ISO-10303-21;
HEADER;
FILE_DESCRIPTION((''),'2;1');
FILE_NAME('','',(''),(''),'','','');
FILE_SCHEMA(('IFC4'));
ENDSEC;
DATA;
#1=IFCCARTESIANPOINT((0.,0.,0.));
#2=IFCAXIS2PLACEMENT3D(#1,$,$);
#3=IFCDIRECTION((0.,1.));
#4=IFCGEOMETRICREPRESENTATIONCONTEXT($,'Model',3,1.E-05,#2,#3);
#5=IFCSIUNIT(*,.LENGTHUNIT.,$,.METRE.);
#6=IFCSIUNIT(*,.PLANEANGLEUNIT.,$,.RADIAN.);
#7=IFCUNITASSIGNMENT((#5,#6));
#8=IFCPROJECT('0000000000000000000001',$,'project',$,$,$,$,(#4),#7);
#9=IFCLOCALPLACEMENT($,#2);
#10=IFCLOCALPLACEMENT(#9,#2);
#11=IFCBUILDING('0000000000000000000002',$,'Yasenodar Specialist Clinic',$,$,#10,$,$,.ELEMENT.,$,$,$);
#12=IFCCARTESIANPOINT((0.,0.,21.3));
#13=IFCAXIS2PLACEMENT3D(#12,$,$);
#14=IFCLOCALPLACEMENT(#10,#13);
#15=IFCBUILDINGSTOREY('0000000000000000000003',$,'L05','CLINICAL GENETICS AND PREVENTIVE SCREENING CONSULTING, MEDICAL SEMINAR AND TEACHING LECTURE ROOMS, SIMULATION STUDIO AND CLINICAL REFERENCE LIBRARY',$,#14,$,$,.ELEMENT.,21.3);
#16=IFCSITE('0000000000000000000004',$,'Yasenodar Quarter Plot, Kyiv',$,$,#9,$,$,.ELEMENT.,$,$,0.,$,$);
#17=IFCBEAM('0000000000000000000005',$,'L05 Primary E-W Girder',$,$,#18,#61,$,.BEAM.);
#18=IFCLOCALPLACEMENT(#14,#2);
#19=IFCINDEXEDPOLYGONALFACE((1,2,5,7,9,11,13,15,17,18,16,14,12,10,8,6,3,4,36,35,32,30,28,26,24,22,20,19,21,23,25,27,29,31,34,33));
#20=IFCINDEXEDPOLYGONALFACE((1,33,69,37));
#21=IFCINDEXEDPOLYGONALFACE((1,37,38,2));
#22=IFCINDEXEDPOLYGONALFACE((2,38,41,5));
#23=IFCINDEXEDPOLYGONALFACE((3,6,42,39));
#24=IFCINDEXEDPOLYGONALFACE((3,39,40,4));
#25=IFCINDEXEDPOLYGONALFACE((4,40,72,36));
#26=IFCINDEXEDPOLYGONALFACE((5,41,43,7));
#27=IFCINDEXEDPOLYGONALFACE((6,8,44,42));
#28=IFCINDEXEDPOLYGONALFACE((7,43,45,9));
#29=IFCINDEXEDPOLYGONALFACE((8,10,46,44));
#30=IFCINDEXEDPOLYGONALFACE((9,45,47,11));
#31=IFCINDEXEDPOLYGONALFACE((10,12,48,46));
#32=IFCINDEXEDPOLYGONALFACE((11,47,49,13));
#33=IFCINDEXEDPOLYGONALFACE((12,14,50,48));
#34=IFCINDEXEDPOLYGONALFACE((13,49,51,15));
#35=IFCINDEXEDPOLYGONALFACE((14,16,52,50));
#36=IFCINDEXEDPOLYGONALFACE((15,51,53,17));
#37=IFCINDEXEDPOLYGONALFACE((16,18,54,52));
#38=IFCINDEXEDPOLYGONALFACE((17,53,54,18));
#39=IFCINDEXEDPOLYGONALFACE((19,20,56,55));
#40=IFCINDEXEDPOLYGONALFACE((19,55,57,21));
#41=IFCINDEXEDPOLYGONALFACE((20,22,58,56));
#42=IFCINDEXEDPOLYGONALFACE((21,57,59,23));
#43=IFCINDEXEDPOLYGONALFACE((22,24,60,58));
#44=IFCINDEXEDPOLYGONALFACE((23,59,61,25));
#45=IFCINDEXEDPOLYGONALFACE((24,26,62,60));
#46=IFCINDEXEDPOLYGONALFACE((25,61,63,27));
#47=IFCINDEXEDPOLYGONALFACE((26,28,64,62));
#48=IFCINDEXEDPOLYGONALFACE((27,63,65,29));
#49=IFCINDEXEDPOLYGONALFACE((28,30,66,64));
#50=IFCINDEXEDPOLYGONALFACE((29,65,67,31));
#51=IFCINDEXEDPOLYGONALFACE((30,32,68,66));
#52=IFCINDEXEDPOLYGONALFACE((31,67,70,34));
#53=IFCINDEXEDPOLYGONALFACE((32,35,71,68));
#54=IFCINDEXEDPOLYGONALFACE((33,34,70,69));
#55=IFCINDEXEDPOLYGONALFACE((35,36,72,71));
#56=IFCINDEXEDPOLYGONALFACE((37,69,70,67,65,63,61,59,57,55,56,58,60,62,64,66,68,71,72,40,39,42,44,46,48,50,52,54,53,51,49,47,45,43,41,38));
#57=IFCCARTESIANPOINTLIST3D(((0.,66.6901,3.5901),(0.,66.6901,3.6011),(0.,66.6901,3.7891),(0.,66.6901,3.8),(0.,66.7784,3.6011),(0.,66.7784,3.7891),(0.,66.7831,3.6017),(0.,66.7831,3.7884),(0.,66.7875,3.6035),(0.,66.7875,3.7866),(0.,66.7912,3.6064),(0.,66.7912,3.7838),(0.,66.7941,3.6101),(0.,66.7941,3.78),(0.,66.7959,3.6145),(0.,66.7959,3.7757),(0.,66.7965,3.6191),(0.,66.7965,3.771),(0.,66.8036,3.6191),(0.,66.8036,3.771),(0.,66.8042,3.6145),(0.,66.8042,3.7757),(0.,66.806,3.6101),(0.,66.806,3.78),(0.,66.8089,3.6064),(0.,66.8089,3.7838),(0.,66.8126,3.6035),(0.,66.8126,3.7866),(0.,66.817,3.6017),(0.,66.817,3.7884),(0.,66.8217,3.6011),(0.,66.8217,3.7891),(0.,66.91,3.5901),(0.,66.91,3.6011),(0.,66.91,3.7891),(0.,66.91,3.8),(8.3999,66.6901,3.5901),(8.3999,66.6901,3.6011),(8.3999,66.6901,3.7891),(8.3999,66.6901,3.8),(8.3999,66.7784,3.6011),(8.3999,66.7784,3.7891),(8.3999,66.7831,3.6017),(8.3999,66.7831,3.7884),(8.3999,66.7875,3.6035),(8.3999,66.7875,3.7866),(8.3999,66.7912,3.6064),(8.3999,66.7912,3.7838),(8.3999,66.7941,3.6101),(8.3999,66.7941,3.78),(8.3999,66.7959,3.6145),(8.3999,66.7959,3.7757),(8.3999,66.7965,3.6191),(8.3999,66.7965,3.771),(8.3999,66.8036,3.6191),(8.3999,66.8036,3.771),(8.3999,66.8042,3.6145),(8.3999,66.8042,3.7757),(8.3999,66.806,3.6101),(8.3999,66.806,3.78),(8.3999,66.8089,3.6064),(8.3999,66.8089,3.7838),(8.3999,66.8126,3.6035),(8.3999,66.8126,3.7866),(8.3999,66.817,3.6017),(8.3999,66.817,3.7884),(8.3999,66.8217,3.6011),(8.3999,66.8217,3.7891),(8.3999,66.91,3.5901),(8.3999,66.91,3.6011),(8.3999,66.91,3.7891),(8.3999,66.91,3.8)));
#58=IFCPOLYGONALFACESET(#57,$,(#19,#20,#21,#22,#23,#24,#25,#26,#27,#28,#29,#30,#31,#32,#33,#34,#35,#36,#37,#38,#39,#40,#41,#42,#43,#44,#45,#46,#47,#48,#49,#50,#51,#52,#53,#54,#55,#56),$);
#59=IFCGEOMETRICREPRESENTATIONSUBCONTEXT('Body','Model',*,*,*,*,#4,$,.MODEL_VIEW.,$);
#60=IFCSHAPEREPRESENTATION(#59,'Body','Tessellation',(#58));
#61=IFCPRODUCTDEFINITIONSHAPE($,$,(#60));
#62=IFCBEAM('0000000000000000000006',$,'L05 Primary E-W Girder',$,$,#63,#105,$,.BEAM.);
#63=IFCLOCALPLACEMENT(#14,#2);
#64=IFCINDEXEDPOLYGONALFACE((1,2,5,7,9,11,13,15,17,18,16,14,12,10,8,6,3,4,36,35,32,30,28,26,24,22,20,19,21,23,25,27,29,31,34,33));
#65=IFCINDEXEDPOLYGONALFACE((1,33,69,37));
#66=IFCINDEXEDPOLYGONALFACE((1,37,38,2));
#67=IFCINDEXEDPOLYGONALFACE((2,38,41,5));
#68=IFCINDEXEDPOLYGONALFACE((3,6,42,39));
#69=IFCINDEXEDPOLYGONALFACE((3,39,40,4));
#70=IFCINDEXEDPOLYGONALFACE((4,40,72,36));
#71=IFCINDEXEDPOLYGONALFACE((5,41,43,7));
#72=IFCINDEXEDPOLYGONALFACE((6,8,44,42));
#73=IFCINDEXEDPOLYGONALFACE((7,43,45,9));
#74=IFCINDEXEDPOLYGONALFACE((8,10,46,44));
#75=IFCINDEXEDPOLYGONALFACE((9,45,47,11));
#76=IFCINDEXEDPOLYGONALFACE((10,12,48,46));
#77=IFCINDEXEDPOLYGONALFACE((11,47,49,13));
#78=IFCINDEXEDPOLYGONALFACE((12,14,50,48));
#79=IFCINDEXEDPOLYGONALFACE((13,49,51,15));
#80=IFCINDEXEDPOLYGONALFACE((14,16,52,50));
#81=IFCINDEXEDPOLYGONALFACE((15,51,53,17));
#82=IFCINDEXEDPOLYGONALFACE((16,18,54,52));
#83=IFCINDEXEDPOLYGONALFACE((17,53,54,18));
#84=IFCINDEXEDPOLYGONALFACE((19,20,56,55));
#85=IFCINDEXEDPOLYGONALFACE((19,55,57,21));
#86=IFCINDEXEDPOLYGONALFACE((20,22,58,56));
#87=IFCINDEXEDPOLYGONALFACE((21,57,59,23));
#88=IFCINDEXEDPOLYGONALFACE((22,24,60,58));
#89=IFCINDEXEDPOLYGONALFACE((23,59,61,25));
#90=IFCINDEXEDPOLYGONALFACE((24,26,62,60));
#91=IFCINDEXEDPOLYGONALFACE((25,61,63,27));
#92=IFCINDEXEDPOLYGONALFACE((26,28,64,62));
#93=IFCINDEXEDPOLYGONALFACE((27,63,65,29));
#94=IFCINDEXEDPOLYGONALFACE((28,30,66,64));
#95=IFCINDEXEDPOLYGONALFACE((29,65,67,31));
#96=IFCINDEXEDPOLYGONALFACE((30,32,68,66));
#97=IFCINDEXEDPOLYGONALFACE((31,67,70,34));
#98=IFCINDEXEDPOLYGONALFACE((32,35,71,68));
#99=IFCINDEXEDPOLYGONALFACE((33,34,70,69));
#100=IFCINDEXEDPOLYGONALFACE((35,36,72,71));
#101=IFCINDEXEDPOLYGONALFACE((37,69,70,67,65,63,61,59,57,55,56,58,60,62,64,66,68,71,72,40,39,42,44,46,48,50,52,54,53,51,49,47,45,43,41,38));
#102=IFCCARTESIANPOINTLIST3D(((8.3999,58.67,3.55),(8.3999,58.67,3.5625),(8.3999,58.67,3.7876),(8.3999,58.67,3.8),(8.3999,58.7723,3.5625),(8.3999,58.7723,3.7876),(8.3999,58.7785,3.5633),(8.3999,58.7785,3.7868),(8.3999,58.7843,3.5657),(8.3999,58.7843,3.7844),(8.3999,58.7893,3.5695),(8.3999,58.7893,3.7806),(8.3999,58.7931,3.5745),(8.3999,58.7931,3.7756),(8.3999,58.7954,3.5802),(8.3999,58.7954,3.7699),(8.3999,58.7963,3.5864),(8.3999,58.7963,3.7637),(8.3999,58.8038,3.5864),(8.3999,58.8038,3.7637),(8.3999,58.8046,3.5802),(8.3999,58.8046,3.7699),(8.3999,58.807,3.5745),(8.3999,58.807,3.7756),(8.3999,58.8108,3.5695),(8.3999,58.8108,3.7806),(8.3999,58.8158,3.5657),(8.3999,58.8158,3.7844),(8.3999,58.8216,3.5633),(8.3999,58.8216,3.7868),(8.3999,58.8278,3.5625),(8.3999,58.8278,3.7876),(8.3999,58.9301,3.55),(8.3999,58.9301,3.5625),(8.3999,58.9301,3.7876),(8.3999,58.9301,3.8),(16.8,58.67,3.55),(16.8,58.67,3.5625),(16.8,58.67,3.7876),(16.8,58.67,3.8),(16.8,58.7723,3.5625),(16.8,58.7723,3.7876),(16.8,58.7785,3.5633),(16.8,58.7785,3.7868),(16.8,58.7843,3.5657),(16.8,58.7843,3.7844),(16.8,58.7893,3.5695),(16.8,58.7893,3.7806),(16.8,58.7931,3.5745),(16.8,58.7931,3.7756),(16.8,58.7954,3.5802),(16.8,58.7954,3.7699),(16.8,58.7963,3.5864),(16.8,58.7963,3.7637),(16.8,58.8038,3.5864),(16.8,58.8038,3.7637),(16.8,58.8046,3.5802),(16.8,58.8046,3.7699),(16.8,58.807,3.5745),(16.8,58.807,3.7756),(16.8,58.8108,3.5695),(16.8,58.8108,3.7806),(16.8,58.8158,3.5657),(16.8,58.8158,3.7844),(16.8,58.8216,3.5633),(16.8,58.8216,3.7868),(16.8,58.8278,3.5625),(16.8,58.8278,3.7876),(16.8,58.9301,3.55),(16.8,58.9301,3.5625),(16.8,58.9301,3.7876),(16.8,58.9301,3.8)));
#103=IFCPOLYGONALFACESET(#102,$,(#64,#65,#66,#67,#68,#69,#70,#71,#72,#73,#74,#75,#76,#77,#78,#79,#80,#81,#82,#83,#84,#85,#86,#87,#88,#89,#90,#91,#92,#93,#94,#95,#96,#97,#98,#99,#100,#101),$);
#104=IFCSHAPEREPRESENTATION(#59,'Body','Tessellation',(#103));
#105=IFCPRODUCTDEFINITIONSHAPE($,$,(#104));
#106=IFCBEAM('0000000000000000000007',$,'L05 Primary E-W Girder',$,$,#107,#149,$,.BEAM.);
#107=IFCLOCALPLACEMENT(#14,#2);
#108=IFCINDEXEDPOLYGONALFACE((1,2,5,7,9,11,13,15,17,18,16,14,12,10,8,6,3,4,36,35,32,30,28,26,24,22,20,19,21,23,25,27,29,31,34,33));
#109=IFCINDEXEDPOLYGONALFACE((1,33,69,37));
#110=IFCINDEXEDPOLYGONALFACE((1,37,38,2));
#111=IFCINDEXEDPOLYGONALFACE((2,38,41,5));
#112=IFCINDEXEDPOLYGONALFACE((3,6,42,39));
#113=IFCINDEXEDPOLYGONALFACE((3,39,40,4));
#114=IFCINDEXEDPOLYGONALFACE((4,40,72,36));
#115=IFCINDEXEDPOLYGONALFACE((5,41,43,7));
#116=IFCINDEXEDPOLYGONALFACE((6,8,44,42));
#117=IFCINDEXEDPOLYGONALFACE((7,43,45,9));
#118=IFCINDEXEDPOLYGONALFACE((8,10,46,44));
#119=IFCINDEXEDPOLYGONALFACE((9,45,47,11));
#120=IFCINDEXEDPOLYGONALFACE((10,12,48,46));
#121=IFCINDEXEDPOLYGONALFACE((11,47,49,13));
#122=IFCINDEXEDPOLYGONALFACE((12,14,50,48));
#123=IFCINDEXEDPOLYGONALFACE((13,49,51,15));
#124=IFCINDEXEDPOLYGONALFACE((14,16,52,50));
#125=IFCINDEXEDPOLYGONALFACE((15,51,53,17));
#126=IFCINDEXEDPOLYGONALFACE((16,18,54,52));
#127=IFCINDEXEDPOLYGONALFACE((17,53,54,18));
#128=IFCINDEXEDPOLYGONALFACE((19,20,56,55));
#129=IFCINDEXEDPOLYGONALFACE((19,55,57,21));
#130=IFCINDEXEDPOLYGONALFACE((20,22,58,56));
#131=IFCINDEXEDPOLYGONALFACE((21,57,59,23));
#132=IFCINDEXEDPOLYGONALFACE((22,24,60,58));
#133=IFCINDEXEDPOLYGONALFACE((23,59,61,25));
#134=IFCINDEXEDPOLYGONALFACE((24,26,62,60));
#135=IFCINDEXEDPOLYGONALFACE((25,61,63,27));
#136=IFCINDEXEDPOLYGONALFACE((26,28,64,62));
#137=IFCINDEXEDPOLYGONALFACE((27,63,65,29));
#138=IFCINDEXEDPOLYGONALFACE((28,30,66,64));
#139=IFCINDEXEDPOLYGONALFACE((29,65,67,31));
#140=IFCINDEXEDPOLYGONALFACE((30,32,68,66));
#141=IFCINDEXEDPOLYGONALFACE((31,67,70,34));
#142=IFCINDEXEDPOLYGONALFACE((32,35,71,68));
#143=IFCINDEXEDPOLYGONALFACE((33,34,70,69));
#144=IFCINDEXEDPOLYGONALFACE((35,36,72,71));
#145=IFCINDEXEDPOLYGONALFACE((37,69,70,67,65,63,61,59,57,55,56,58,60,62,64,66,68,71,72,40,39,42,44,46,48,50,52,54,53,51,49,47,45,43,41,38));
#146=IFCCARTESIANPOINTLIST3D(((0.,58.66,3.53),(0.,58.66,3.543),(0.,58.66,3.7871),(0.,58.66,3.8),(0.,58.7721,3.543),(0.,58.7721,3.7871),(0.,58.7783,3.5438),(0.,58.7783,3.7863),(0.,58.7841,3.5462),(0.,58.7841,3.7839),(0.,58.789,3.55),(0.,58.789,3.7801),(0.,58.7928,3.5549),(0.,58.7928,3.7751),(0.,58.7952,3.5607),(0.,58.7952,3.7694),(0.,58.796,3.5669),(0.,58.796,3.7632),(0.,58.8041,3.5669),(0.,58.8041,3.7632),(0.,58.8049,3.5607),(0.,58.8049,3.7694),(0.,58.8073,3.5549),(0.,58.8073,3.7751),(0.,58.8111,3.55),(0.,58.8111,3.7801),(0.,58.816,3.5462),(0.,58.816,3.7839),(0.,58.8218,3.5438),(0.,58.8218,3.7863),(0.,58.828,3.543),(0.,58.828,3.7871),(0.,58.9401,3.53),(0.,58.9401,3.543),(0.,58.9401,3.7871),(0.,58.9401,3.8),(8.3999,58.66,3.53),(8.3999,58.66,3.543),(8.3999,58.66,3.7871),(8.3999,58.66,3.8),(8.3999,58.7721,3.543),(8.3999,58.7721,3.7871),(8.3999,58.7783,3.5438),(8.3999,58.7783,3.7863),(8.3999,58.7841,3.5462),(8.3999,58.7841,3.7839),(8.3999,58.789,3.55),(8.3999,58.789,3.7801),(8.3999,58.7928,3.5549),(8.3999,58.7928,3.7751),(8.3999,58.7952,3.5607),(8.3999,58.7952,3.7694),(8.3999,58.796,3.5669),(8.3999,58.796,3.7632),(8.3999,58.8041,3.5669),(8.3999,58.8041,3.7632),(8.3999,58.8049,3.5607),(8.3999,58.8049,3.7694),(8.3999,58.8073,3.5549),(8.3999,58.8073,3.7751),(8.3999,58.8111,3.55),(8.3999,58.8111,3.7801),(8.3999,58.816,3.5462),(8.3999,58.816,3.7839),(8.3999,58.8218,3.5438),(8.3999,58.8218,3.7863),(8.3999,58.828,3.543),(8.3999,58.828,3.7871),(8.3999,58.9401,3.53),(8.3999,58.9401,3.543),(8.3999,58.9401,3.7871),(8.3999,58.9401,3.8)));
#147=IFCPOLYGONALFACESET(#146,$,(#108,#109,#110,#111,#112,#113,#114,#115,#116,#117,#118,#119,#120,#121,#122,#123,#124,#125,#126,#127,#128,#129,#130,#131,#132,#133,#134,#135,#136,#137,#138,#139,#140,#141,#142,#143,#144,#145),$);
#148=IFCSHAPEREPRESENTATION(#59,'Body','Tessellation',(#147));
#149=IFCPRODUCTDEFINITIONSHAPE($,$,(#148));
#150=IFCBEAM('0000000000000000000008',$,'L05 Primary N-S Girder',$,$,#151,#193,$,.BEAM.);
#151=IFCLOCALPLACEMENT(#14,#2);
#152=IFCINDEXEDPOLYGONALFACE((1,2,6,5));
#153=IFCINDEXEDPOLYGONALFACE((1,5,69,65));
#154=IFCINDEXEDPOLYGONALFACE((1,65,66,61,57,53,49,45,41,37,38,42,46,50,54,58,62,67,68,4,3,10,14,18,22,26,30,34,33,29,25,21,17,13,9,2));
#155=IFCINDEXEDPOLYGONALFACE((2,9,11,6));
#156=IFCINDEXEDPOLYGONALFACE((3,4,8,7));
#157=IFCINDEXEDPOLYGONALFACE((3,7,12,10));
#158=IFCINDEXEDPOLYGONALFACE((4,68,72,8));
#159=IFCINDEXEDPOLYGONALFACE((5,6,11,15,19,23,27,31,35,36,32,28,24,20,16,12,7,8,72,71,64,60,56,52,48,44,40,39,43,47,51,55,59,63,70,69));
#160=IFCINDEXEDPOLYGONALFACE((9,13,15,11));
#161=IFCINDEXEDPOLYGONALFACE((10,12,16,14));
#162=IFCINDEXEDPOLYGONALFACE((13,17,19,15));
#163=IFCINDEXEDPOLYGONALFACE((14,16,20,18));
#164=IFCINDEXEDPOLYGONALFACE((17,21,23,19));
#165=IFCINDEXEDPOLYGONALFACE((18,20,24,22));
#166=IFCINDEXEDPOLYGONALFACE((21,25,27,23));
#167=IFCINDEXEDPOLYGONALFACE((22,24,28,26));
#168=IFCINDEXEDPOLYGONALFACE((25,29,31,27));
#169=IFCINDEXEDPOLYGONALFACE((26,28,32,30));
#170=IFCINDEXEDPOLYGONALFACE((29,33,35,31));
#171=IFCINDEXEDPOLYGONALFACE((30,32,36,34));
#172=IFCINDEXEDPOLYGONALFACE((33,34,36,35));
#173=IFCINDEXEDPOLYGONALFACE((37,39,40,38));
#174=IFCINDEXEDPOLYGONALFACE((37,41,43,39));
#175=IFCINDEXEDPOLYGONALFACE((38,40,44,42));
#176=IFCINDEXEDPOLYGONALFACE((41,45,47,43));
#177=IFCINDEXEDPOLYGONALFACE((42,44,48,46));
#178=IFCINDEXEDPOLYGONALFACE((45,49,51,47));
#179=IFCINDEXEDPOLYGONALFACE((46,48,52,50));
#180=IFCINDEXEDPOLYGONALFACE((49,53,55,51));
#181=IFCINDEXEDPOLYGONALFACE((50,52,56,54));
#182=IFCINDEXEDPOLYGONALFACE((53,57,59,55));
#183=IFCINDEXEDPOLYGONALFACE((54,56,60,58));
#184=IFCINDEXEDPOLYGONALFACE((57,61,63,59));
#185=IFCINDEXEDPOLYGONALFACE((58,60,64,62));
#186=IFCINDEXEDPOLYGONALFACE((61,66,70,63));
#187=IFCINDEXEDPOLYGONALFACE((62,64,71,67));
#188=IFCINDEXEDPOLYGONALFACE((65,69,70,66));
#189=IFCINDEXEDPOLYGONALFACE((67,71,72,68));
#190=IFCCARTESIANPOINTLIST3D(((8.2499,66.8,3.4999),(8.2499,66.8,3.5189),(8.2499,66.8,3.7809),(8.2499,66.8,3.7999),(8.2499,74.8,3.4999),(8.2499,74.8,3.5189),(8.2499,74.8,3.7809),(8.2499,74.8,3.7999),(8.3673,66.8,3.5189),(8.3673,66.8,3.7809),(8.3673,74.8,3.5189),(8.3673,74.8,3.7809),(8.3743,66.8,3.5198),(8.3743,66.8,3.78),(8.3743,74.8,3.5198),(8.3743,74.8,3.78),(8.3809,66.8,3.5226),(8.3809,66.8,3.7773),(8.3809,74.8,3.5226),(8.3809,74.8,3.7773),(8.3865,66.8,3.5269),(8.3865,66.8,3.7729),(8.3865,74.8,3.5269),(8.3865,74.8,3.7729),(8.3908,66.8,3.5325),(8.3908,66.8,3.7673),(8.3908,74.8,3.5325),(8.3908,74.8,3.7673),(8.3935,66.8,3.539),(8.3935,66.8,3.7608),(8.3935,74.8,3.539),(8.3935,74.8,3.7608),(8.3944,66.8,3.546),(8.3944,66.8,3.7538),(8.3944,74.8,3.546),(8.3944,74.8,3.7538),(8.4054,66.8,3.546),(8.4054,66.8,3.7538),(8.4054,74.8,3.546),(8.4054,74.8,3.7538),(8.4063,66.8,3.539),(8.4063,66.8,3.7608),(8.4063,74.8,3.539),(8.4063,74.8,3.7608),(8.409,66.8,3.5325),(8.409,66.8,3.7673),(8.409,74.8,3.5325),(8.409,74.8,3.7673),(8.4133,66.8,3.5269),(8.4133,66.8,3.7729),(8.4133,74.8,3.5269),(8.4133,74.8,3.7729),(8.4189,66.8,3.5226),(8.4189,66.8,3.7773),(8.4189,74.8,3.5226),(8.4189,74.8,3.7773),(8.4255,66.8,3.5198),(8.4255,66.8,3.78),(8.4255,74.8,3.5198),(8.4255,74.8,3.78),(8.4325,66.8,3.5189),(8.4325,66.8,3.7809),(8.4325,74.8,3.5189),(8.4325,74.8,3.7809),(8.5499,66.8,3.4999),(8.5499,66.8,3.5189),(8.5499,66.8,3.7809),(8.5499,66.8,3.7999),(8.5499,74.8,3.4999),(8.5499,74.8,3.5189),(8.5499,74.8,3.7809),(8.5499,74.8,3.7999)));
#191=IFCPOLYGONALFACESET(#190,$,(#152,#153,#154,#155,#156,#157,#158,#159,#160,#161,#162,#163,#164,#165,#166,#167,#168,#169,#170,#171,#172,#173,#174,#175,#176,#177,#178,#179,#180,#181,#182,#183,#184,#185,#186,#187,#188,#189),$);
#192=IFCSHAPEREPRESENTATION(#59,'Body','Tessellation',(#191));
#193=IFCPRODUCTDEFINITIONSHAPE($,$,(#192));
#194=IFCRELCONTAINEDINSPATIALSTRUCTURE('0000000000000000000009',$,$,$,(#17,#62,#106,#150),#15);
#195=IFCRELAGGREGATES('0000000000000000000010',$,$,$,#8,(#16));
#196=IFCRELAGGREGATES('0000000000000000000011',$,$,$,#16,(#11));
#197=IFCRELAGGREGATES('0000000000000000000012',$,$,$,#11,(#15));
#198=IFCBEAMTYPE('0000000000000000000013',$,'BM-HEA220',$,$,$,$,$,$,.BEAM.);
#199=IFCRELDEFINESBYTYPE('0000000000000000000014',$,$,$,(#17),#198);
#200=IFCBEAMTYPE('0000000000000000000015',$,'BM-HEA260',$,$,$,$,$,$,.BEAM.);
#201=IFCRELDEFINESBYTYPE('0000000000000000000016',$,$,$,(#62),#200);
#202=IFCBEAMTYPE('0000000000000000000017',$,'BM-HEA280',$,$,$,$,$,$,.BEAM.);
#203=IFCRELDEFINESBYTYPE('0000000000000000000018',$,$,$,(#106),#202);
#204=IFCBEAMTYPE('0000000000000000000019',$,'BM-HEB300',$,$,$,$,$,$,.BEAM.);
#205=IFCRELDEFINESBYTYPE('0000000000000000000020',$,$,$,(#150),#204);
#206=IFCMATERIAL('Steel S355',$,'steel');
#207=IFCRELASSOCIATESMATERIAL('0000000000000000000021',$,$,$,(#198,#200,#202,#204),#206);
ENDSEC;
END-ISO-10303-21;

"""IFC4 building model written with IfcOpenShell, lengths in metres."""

from ifc_helpers import new_model, si_unit, direction, frame, origin, origin_2d, place, context, subcontext, project, spatial, i_section, extrude, material, material_profile, profile_set, type_object, element, save


model = new_model("IFC4")

# Units and contexts
model_context = context("Model", 3, precision=1e-05, world=origin(), true_north=direction((0.0, 1.0)))
body_context = subcontext(model_context, "Body", "Model", "MODEL_VIEW")
ifc_project = project(units=[si_unit("LENGTHUNIT", "METRE"), si_unit("PLANEANGLEUNIT", "RADIAN")], contexts=[model_context])

# Site, building, storey
site_placement = place(None, origin())
site = spatial("IfcSite", under=ifc_project, at=site_placement, Name="Yasenodar Quarter Plot, Kyiv", CompositionType="ELEMENT", RefElevation=0.0)
building_placement = place(site_placement, origin())
building = spatial("IfcBuilding", under=site, at=building_placement, Name="Yasenodar Specialist Clinic", CompositionType="ELEMENT")
storey_placement = place(building_placement, frame((0.0, 0.0, 21.3)))
storey = spatial("IfcBuildingStorey", under=building, at=storey_placement, Name="L05", Description="CLINICAL GENETICS AND PREVENTIVE SCREENING CONSULTING, MEDICAL SEMINAR AND TEACHING LECTURE ROOMS, SIMULATION STUDIO AND CLINICAL REFERENCE LIBRARY", CompositionType="ELEMENT", Elevation=21.3)

# Shared definitions
ifc_material_1 = material(Name="Steel S355", Category="steel")

# Beams
ifc_material_profile_1 = material_profile(ifc_material_1, i_section(OverallWidth=0.22, OverallDepth=0.21, WebThickness=0.0071, FlangeThickness=0.011, FilletRadius=0.0181, at=origin_2d()), Name="HEA 220")
ifc_profile_set_1 = profile_set([ifc_material_profile_1], Name="Steel S355")
beam_type_1 = type_object("IfcBeamType", Name="BM-HEA220", PredefinedType="BEAM", material=ifc_profile_set_1)
beam_1_placement = place(storey_placement, frame((0.0, 66.8, 3.6951), z_axis=(1.0, 0.0, 0.0), x_axis=(0.0, 1.0, 0.0)))
element("IfcBeam", 1, at=beam_1_placement, inside=storey, type_object=beam_type_1, Name="L05 Primary E-W Girder", PredefinedType="BEAM", context=body_context, shape_type="SweptSolid", body=[
    extrude(i_section(OverallWidth=0.22, OverallDepth=0.21, WebThickness=0.0071, FlangeThickness=0.011, FilletRadius=0.0181, at=origin_2d()), origin(), (0.0, 0.0, 1.0), 8.3999),
])
ifc_material_profile_2 = material_profile(ifc_material_1, i_section(OverallWidth=0.26, OverallDepth=0.25, WebThickness=0.0076, FlangeThickness=0.0125, FilletRadius=0.0239, at=origin_2d()), Name="HEA 260")
ifc_profile_set_2 = profile_set([ifc_material_profile_2], Name="Steel S355")
beam_type_2 = type_object("IfcBeamType", Name="BM-HEA260", PredefinedType="BEAM", material=ifc_profile_set_2)
beam_2_placement = place(storey_placement, frame((8.3999, 58.8, 3.675), z_axis=(1.0, 0.0, 0.0), x_axis=(0.0, 1.0, 0.0)))
element("IfcBeam", 2, at=beam_2_placement, inside=storey, type_object=beam_type_2, Name="L05 Primary E-W Girder", PredefinedType="BEAM", context=body_context, shape_type="SweptSolid", body=[
    extrude(i_section(OverallWidth=0.26, OverallDepth=0.25, WebThickness=0.0076, FlangeThickness=0.0125, FilletRadius=0.0239, at=origin_2d()), origin(), (0.0, 0.0, 1.0), 8.4001),
])
ifc_material_profile_3 = material_profile(ifc_material_1, i_section(OverallWidth=0.28, OverallDepth=0.27, WebThickness=0.0081, FlangeThickness=0.0129, FilletRadius=0.0239, at=origin_2d()), Name="HEA 280")
ifc_profile_set_3 = profile_set([ifc_material_profile_3], Name="Steel S355")
beam_type_3 = type_object("IfcBeamType", Name="BM-HEA280", PredefinedType="BEAM", material=ifc_profile_set_3)
beam_3_placement = place(storey_placement, frame((0.0, 58.8, 3.665), z_axis=(1.0, 0.0, 0.0), x_axis=(0.0, 1.0, 0.0)))
element("IfcBeam", 3, at=beam_3_placement, inside=storey, type_object=beam_type_3, Name="L05 Primary E-W Girder", PredefinedType="BEAM", context=body_context, shape_type="SweptSolid", body=[
    extrude(i_section(OverallWidth=0.28, OverallDepth=0.27, WebThickness=0.0081, FlangeThickness=0.0129, FilletRadius=0.0239, at=origin_2d()), origin(), (0.0, 0.0, 1.0), 8.3999),
])
ifc_material_profile_4 = material_profile(ifc_material_1, i_section(OverallWidth=0.3, OverallDepth=0.3, WebThickness=0.011, FlangeThickness=0.019, FilletRadius=0.0271, at=origin_2d()), Name="HEB 300")
ifc_profile_set_4 = profile_set([ifc_material_profile_4], Name="Steel S355")
beam_type_4 = type_object("IfcBeamType", Name="BM-HEB300", PredefinedType="BEAM", material=ifc_profile_set_4)
beam_4_placement = place(storey_placement, frame((8.3999, 66.8, 3.6499), z_axis=(0.0, 1.0, 0.0), x_axis=(-1.0, 0.0, 0.0)))
element("IfcBeam", 4, at=beam_4_placement, inside=storey, type_object=beam_type_4, Name="L05 Primary N-S Girder", PredefinedType="BEAM", context=body_context, shape_type="SweptSolid", body=[
    extrude(i_section(OverallWidth=0.3, OverallDepth=0.3, WebThickness=0.011, FlangeThickness=0.019, FilletRadius=0.0271, at=origin_2d()), origin(), (0.0, 0.0, 1.0), 8.0),
])

save(model, "model.ifc")
